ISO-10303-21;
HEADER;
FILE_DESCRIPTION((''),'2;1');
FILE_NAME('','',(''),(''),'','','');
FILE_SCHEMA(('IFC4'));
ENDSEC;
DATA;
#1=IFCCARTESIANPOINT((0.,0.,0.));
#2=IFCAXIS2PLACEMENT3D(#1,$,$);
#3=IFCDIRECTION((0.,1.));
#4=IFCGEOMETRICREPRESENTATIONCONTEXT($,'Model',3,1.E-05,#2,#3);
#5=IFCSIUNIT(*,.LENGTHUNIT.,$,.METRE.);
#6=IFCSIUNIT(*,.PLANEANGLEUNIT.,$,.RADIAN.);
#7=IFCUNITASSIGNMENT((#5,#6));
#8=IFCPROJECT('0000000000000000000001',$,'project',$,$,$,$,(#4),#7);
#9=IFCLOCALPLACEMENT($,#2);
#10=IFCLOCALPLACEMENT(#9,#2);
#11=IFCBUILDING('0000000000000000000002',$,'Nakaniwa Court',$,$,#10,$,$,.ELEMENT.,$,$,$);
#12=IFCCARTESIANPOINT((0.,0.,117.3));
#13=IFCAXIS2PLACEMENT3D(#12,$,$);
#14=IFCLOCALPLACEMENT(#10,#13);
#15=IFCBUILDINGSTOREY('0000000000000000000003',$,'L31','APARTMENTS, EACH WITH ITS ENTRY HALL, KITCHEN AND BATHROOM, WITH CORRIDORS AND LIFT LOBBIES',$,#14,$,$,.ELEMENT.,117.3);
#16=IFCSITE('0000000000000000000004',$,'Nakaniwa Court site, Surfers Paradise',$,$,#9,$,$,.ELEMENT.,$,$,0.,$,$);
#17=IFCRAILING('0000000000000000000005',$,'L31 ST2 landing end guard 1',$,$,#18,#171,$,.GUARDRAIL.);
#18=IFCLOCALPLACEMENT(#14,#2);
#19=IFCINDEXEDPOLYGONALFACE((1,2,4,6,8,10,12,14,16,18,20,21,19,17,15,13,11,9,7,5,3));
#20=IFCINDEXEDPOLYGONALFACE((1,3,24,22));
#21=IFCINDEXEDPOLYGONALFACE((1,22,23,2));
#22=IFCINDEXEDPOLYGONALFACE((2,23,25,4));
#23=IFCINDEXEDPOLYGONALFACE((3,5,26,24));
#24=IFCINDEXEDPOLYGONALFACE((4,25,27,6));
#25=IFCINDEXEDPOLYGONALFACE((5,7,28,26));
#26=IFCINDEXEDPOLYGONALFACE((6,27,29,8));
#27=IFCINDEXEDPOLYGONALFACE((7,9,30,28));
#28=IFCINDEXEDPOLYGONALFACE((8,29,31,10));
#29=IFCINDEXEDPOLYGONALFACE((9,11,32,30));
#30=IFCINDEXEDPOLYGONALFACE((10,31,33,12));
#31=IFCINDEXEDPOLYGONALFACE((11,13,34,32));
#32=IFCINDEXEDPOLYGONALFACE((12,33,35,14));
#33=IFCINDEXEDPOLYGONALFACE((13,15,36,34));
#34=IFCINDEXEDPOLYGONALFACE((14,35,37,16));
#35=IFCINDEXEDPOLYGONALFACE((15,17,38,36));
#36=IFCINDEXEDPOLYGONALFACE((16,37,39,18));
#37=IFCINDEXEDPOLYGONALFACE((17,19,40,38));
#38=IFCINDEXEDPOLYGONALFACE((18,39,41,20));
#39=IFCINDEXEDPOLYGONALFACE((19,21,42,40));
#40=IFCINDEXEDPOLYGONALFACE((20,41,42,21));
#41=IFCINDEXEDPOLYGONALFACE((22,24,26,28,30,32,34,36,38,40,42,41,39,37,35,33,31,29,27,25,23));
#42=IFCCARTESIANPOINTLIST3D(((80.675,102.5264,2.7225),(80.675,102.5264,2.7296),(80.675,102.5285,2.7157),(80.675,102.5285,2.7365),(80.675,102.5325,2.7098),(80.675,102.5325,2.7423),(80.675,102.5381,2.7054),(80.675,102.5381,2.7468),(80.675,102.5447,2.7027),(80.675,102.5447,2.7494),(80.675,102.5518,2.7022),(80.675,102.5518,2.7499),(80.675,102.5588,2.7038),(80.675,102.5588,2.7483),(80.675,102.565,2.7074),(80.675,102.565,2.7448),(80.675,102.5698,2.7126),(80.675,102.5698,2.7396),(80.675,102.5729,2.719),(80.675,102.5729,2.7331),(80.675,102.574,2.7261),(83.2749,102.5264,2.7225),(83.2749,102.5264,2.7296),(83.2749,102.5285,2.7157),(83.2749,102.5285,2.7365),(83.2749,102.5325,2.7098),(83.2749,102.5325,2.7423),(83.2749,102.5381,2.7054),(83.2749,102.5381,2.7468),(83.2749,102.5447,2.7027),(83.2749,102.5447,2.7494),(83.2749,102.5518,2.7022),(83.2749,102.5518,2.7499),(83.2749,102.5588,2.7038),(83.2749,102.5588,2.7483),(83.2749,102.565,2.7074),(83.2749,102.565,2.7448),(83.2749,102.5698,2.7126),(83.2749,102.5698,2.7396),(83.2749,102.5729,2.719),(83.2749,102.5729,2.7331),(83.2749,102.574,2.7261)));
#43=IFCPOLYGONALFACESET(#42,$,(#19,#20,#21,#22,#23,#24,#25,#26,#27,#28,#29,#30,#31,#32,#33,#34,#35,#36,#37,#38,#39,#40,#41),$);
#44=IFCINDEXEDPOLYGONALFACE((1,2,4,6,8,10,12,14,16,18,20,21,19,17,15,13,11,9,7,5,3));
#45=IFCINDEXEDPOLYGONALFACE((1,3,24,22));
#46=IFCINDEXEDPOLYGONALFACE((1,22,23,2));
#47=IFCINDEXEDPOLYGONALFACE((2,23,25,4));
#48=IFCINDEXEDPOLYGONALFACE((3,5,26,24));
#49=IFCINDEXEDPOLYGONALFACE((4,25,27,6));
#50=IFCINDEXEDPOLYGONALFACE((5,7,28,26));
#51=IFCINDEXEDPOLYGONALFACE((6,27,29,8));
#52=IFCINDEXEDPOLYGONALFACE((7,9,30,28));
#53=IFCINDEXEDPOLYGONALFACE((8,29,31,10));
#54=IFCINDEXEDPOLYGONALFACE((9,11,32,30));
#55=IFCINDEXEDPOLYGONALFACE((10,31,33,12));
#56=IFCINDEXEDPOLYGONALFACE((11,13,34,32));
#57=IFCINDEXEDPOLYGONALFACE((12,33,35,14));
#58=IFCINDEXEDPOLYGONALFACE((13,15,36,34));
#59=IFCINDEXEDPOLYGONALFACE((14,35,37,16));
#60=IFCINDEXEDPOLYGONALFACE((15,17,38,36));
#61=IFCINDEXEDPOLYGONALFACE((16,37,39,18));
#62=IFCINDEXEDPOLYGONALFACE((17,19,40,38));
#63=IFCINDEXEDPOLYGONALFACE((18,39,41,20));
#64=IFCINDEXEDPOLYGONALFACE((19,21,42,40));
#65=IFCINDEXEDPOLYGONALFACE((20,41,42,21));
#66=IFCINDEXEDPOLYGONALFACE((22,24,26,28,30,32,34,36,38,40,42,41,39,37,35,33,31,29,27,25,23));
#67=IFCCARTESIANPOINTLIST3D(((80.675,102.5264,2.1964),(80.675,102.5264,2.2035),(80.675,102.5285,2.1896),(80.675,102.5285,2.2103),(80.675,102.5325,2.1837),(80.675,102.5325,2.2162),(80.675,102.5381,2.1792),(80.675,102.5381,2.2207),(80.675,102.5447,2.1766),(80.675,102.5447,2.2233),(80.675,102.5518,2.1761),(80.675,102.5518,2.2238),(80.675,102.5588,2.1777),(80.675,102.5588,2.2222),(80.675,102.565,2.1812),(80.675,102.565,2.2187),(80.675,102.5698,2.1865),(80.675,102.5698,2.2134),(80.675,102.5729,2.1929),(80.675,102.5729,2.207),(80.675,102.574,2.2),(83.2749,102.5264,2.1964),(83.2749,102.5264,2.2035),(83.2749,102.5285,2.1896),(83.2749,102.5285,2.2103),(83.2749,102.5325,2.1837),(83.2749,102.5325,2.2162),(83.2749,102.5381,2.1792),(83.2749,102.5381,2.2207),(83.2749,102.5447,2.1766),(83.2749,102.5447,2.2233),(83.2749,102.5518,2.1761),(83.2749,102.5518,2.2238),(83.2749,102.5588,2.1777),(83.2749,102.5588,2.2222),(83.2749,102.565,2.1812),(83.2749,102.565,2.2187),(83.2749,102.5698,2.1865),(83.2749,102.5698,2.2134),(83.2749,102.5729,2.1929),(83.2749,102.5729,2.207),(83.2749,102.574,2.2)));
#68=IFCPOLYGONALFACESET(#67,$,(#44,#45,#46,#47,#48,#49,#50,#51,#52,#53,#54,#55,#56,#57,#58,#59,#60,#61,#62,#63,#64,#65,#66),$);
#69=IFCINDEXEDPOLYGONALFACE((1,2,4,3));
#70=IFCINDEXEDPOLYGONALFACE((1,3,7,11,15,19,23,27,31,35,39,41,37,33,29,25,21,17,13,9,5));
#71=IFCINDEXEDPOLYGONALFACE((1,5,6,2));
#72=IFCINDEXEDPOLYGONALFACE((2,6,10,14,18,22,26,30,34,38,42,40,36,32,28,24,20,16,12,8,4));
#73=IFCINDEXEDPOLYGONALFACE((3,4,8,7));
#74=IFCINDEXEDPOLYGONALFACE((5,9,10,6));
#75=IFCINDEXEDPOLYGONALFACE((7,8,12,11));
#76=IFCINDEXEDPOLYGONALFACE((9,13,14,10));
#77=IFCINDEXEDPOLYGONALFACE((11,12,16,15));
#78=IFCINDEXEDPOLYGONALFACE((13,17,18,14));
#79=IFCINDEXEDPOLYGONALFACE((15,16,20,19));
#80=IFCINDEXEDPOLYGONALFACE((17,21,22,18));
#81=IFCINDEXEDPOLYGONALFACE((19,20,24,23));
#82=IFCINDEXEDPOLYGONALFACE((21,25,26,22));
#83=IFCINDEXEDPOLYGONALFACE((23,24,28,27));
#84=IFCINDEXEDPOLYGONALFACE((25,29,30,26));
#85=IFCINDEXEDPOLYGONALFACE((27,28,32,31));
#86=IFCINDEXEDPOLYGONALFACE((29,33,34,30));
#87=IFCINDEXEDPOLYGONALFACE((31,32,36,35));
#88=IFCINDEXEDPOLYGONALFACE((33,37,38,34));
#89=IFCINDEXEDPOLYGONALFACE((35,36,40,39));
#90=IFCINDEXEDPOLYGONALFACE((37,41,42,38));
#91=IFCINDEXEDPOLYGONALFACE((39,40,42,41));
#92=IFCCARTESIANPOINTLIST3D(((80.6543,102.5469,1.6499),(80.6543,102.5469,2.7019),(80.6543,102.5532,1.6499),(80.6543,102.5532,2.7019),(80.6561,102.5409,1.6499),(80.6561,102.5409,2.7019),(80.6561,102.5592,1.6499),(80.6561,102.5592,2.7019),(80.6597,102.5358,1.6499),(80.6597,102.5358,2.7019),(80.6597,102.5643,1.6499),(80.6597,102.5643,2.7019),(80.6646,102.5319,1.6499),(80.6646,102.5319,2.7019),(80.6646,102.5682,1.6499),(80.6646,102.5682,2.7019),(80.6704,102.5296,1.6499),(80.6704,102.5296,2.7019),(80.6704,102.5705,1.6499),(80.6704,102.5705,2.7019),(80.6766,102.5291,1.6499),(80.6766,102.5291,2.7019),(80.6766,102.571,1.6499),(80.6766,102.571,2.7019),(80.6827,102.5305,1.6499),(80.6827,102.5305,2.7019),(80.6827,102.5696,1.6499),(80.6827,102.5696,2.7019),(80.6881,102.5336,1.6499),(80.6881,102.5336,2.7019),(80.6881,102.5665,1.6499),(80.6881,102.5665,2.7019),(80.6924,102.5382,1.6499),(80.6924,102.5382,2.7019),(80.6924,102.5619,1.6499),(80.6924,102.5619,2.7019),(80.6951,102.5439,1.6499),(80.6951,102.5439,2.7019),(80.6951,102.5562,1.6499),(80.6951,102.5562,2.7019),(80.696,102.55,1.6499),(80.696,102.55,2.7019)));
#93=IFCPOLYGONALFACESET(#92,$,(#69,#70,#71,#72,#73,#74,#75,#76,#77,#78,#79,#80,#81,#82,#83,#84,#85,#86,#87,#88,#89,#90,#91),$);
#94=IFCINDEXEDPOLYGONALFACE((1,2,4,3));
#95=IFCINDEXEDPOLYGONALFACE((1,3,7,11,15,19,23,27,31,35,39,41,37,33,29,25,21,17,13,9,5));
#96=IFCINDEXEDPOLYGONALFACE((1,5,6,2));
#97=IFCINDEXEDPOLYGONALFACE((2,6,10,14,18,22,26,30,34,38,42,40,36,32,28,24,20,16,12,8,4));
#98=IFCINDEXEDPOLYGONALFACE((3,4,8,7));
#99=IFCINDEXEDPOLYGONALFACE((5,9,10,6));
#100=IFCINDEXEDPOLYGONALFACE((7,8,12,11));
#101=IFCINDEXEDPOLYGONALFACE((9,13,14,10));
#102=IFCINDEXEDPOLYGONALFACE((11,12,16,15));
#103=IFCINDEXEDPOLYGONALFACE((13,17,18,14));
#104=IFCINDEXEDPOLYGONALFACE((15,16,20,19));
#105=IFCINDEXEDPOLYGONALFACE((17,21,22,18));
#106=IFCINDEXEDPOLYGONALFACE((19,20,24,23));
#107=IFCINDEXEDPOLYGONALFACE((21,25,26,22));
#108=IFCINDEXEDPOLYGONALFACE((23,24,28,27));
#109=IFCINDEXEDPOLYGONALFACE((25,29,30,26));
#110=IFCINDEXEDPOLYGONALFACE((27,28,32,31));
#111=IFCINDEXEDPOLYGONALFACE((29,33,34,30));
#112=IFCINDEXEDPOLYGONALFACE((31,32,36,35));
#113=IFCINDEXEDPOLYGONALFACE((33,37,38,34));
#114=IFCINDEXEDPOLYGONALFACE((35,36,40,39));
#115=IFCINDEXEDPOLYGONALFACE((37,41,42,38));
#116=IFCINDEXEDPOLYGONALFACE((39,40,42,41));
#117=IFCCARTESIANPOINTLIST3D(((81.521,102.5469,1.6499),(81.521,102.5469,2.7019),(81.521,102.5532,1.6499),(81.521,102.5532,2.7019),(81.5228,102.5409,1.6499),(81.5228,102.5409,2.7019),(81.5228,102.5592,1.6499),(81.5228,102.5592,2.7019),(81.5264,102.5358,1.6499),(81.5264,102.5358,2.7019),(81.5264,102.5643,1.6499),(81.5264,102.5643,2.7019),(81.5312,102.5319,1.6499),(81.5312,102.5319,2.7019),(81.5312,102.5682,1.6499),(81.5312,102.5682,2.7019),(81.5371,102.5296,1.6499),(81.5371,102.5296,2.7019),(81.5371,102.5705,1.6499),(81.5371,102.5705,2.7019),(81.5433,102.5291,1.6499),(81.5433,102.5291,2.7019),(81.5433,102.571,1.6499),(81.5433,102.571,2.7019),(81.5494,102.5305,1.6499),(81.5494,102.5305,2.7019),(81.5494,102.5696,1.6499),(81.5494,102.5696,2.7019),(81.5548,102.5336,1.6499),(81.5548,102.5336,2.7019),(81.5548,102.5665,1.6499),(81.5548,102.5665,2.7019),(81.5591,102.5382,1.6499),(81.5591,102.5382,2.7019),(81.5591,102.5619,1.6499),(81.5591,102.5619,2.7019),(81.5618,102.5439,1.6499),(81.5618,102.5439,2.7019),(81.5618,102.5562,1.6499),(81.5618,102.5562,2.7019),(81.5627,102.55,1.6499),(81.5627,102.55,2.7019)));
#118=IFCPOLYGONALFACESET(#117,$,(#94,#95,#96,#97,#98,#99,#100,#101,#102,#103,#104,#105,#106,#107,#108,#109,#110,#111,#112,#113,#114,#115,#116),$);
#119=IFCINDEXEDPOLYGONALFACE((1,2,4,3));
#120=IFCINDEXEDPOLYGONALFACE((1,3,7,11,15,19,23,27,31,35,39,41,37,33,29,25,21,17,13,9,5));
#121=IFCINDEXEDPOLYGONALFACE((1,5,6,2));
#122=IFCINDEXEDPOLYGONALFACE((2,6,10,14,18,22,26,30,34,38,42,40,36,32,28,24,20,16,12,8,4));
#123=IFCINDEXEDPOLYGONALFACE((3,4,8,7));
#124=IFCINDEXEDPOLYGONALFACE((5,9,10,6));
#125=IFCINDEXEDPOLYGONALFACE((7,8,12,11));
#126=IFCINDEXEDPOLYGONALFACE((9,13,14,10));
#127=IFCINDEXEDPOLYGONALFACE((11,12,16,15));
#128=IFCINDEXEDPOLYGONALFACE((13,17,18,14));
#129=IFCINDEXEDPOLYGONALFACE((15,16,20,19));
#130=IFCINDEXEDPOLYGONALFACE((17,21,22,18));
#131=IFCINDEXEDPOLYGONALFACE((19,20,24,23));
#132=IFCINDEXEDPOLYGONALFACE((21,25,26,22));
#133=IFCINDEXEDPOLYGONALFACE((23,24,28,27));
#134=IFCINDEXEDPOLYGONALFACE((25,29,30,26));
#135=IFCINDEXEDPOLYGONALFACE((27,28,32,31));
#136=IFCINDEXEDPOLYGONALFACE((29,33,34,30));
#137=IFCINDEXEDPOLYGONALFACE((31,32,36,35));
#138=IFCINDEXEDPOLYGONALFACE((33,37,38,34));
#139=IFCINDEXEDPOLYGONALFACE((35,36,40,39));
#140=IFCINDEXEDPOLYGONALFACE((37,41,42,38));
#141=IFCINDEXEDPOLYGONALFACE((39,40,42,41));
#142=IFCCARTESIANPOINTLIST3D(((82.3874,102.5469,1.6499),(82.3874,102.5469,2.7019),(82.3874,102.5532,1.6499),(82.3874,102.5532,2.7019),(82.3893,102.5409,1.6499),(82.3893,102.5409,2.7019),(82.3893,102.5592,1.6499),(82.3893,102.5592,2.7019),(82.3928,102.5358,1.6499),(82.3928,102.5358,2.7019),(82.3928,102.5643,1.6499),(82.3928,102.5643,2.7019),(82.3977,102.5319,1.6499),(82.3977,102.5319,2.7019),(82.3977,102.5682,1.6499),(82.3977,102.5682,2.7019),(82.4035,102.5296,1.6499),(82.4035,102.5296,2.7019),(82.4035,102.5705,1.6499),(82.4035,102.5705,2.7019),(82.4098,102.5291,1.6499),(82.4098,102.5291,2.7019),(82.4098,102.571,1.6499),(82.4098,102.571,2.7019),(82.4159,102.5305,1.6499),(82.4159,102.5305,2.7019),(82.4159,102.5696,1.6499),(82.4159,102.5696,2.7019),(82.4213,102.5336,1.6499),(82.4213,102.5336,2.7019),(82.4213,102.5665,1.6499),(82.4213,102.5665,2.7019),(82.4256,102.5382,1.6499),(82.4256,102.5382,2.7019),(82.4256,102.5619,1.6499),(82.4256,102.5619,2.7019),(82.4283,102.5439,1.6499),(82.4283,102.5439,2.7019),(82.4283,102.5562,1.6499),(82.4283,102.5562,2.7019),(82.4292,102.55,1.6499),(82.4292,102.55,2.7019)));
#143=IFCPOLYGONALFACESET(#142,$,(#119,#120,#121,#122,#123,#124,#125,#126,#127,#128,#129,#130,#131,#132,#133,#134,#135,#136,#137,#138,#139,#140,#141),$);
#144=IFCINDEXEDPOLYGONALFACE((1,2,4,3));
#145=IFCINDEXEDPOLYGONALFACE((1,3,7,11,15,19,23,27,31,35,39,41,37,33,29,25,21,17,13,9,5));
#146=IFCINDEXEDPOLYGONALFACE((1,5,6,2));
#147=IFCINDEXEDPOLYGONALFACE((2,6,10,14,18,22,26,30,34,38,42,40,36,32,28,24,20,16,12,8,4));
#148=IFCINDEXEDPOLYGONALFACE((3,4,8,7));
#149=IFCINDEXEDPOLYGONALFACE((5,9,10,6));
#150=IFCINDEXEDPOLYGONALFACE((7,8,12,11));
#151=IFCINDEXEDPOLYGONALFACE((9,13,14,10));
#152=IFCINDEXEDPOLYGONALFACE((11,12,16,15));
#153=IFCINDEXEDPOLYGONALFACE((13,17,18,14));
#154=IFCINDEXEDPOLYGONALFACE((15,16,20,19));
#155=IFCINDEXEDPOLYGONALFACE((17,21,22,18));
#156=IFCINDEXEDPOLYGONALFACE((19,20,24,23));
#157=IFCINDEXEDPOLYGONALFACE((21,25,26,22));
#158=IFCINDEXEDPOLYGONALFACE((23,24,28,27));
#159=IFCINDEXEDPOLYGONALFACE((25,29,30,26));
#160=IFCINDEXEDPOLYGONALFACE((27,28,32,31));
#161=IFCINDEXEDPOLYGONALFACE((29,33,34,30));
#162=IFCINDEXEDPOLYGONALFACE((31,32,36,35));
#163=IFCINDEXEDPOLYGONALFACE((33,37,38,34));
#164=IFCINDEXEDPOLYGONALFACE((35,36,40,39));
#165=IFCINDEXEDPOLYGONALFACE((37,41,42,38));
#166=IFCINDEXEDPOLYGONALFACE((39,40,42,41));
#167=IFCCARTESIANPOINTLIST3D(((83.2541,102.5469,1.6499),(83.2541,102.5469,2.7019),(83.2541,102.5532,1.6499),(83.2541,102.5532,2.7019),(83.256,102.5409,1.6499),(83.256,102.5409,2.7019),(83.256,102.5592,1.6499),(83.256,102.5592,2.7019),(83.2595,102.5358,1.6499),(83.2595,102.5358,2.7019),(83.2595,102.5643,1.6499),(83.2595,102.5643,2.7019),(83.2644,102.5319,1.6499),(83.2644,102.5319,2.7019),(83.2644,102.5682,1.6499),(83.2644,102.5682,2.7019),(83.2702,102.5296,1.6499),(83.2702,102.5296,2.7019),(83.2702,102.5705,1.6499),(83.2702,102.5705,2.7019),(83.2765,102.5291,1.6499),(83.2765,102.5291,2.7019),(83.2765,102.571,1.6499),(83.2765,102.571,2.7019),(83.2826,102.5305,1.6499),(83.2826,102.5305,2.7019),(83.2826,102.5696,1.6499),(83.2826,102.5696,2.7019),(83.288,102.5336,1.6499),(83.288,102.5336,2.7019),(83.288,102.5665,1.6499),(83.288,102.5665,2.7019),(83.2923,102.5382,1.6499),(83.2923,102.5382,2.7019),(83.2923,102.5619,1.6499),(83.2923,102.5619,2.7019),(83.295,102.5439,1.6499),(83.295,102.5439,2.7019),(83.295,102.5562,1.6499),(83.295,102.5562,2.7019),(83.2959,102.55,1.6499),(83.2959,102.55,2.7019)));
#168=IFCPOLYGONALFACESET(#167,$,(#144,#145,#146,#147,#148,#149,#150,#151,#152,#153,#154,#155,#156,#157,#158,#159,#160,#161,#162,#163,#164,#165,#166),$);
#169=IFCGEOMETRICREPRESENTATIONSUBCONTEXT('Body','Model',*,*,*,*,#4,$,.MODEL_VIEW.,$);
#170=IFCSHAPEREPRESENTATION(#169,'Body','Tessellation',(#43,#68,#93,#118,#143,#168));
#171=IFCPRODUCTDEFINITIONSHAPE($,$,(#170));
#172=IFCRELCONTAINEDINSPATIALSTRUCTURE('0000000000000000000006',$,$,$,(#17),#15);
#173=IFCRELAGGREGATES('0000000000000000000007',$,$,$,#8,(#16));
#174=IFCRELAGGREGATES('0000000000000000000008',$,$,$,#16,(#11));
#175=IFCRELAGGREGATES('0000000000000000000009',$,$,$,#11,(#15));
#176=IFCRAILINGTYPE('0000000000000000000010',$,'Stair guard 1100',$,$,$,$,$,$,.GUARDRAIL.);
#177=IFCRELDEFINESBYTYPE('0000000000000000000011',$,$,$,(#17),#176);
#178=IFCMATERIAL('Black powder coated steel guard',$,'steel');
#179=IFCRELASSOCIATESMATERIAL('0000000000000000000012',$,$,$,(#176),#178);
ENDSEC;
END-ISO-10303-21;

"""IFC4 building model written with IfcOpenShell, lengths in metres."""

from ifc_helpers import new_model, si_unit, direction, frame, origin, origin_2d, place, context, subcontext, project, spatial, circle, extrude, material, type_object, element, save


model = new_model("IFC4")

# Units and contexts
model_context = context("Model", 3, precision=1e-05, world=origin(), true_north=direction((0.0, 1.0)))
body_context = subcontext(model_context, "Body", "Model", "MODEL_VIEW")
ifc_project = project(units=[si_unit("LENGTHUNIT", "METRE"), si_unit("PLANEANGLEUNIT", "RADIAN")], contexts=[model_context])

# Site, building, storey
site_placement = place(None, origin())
site = spatial("IfcSite", under=ifc_project, at=site_placement, Name="Nakaniwa Court site, Surfers Paradise", CompositionType="ELEMENT", RefElevation=0.0)
building_placement = place(site_placement, origin())
building = spatial("IfcBuilding", under=site, at=building_placement, Name="Nakaniwa Court", CompositionType="ELEMENT")
storey_placement = place(building_placement, frame((0.0, 0.0, 117.3)))
storey = spatial("IfcBuildingStorey", under=building, at=storey_placement, Name="L31", Description="APARTMENTS, EACH WITH ITS ENTRY HALL, KITCHEN AND BATHROOM, WITH CORRIDORS AND LIFT LOBBIES", CompositionType="ELEMENT", Elevation=117.3)

# Railing
ifc_material_1 = material(Name="Black powder coated steel guard", Category="steel")
railing_type_1 = type_object("IfcRailingType", Name="Stair guard 1100", PredefinedType="GUARDRAIL", material=ifc_material_1)
railing_1_placement = place(storey_placement, frame((80.675, 102.55, 1.6499)))
element("IfcRailing", 1, at=railing_1_placement, inside=storey, type_object=railing_type_1, Name="L31 ST2 landing end guard 1", PredefinedType="GUARDRAIL", context=body_context, shape_type="SweptSolid", body=[
    extrude(circle(Radius=0.0239, at=origin_2d()), frame((0.0, 0.0, 1.0762), z_axis=(1.0, 0.0, 0.0), x_axis=(0.0, 1.0, 0.0)), (0.0, 0.0, 1.0), 2.5999),
    extrude(circle(Radius=0.0239, at=origin_2d()), frame((0.0, 0.0, 0.55), z_axis=(1.0, 0.0, 0.0), x_axis=(0.0, 1.0, 0.0)), (0.0, 0.0, 1.0), 2.5999),
    extrude(circle(Radius=0.021, at=origin_2d()), origin(), (0.0, 0.0, 1.0), 1.052),
    extrude(circle(Radius=0.021, at=origin_2d()), frame((0.8667, 0.0, 0.0)), (0.0, 0.0, 1.0), 1.052),
    extrude(circle(Radius=0.021, at=origin_2d()), frame((1.7332, 0.0, 0.0)), (0.0, 0.0, 1.0), 1.052),
    extrude(circle(Radius=0.021, at=origin_2d()), frame((2.5999, 0.0, 0.0)), (0.0, 0.0, 1.0), 1.052),
])

save(model, "model.ifc")
